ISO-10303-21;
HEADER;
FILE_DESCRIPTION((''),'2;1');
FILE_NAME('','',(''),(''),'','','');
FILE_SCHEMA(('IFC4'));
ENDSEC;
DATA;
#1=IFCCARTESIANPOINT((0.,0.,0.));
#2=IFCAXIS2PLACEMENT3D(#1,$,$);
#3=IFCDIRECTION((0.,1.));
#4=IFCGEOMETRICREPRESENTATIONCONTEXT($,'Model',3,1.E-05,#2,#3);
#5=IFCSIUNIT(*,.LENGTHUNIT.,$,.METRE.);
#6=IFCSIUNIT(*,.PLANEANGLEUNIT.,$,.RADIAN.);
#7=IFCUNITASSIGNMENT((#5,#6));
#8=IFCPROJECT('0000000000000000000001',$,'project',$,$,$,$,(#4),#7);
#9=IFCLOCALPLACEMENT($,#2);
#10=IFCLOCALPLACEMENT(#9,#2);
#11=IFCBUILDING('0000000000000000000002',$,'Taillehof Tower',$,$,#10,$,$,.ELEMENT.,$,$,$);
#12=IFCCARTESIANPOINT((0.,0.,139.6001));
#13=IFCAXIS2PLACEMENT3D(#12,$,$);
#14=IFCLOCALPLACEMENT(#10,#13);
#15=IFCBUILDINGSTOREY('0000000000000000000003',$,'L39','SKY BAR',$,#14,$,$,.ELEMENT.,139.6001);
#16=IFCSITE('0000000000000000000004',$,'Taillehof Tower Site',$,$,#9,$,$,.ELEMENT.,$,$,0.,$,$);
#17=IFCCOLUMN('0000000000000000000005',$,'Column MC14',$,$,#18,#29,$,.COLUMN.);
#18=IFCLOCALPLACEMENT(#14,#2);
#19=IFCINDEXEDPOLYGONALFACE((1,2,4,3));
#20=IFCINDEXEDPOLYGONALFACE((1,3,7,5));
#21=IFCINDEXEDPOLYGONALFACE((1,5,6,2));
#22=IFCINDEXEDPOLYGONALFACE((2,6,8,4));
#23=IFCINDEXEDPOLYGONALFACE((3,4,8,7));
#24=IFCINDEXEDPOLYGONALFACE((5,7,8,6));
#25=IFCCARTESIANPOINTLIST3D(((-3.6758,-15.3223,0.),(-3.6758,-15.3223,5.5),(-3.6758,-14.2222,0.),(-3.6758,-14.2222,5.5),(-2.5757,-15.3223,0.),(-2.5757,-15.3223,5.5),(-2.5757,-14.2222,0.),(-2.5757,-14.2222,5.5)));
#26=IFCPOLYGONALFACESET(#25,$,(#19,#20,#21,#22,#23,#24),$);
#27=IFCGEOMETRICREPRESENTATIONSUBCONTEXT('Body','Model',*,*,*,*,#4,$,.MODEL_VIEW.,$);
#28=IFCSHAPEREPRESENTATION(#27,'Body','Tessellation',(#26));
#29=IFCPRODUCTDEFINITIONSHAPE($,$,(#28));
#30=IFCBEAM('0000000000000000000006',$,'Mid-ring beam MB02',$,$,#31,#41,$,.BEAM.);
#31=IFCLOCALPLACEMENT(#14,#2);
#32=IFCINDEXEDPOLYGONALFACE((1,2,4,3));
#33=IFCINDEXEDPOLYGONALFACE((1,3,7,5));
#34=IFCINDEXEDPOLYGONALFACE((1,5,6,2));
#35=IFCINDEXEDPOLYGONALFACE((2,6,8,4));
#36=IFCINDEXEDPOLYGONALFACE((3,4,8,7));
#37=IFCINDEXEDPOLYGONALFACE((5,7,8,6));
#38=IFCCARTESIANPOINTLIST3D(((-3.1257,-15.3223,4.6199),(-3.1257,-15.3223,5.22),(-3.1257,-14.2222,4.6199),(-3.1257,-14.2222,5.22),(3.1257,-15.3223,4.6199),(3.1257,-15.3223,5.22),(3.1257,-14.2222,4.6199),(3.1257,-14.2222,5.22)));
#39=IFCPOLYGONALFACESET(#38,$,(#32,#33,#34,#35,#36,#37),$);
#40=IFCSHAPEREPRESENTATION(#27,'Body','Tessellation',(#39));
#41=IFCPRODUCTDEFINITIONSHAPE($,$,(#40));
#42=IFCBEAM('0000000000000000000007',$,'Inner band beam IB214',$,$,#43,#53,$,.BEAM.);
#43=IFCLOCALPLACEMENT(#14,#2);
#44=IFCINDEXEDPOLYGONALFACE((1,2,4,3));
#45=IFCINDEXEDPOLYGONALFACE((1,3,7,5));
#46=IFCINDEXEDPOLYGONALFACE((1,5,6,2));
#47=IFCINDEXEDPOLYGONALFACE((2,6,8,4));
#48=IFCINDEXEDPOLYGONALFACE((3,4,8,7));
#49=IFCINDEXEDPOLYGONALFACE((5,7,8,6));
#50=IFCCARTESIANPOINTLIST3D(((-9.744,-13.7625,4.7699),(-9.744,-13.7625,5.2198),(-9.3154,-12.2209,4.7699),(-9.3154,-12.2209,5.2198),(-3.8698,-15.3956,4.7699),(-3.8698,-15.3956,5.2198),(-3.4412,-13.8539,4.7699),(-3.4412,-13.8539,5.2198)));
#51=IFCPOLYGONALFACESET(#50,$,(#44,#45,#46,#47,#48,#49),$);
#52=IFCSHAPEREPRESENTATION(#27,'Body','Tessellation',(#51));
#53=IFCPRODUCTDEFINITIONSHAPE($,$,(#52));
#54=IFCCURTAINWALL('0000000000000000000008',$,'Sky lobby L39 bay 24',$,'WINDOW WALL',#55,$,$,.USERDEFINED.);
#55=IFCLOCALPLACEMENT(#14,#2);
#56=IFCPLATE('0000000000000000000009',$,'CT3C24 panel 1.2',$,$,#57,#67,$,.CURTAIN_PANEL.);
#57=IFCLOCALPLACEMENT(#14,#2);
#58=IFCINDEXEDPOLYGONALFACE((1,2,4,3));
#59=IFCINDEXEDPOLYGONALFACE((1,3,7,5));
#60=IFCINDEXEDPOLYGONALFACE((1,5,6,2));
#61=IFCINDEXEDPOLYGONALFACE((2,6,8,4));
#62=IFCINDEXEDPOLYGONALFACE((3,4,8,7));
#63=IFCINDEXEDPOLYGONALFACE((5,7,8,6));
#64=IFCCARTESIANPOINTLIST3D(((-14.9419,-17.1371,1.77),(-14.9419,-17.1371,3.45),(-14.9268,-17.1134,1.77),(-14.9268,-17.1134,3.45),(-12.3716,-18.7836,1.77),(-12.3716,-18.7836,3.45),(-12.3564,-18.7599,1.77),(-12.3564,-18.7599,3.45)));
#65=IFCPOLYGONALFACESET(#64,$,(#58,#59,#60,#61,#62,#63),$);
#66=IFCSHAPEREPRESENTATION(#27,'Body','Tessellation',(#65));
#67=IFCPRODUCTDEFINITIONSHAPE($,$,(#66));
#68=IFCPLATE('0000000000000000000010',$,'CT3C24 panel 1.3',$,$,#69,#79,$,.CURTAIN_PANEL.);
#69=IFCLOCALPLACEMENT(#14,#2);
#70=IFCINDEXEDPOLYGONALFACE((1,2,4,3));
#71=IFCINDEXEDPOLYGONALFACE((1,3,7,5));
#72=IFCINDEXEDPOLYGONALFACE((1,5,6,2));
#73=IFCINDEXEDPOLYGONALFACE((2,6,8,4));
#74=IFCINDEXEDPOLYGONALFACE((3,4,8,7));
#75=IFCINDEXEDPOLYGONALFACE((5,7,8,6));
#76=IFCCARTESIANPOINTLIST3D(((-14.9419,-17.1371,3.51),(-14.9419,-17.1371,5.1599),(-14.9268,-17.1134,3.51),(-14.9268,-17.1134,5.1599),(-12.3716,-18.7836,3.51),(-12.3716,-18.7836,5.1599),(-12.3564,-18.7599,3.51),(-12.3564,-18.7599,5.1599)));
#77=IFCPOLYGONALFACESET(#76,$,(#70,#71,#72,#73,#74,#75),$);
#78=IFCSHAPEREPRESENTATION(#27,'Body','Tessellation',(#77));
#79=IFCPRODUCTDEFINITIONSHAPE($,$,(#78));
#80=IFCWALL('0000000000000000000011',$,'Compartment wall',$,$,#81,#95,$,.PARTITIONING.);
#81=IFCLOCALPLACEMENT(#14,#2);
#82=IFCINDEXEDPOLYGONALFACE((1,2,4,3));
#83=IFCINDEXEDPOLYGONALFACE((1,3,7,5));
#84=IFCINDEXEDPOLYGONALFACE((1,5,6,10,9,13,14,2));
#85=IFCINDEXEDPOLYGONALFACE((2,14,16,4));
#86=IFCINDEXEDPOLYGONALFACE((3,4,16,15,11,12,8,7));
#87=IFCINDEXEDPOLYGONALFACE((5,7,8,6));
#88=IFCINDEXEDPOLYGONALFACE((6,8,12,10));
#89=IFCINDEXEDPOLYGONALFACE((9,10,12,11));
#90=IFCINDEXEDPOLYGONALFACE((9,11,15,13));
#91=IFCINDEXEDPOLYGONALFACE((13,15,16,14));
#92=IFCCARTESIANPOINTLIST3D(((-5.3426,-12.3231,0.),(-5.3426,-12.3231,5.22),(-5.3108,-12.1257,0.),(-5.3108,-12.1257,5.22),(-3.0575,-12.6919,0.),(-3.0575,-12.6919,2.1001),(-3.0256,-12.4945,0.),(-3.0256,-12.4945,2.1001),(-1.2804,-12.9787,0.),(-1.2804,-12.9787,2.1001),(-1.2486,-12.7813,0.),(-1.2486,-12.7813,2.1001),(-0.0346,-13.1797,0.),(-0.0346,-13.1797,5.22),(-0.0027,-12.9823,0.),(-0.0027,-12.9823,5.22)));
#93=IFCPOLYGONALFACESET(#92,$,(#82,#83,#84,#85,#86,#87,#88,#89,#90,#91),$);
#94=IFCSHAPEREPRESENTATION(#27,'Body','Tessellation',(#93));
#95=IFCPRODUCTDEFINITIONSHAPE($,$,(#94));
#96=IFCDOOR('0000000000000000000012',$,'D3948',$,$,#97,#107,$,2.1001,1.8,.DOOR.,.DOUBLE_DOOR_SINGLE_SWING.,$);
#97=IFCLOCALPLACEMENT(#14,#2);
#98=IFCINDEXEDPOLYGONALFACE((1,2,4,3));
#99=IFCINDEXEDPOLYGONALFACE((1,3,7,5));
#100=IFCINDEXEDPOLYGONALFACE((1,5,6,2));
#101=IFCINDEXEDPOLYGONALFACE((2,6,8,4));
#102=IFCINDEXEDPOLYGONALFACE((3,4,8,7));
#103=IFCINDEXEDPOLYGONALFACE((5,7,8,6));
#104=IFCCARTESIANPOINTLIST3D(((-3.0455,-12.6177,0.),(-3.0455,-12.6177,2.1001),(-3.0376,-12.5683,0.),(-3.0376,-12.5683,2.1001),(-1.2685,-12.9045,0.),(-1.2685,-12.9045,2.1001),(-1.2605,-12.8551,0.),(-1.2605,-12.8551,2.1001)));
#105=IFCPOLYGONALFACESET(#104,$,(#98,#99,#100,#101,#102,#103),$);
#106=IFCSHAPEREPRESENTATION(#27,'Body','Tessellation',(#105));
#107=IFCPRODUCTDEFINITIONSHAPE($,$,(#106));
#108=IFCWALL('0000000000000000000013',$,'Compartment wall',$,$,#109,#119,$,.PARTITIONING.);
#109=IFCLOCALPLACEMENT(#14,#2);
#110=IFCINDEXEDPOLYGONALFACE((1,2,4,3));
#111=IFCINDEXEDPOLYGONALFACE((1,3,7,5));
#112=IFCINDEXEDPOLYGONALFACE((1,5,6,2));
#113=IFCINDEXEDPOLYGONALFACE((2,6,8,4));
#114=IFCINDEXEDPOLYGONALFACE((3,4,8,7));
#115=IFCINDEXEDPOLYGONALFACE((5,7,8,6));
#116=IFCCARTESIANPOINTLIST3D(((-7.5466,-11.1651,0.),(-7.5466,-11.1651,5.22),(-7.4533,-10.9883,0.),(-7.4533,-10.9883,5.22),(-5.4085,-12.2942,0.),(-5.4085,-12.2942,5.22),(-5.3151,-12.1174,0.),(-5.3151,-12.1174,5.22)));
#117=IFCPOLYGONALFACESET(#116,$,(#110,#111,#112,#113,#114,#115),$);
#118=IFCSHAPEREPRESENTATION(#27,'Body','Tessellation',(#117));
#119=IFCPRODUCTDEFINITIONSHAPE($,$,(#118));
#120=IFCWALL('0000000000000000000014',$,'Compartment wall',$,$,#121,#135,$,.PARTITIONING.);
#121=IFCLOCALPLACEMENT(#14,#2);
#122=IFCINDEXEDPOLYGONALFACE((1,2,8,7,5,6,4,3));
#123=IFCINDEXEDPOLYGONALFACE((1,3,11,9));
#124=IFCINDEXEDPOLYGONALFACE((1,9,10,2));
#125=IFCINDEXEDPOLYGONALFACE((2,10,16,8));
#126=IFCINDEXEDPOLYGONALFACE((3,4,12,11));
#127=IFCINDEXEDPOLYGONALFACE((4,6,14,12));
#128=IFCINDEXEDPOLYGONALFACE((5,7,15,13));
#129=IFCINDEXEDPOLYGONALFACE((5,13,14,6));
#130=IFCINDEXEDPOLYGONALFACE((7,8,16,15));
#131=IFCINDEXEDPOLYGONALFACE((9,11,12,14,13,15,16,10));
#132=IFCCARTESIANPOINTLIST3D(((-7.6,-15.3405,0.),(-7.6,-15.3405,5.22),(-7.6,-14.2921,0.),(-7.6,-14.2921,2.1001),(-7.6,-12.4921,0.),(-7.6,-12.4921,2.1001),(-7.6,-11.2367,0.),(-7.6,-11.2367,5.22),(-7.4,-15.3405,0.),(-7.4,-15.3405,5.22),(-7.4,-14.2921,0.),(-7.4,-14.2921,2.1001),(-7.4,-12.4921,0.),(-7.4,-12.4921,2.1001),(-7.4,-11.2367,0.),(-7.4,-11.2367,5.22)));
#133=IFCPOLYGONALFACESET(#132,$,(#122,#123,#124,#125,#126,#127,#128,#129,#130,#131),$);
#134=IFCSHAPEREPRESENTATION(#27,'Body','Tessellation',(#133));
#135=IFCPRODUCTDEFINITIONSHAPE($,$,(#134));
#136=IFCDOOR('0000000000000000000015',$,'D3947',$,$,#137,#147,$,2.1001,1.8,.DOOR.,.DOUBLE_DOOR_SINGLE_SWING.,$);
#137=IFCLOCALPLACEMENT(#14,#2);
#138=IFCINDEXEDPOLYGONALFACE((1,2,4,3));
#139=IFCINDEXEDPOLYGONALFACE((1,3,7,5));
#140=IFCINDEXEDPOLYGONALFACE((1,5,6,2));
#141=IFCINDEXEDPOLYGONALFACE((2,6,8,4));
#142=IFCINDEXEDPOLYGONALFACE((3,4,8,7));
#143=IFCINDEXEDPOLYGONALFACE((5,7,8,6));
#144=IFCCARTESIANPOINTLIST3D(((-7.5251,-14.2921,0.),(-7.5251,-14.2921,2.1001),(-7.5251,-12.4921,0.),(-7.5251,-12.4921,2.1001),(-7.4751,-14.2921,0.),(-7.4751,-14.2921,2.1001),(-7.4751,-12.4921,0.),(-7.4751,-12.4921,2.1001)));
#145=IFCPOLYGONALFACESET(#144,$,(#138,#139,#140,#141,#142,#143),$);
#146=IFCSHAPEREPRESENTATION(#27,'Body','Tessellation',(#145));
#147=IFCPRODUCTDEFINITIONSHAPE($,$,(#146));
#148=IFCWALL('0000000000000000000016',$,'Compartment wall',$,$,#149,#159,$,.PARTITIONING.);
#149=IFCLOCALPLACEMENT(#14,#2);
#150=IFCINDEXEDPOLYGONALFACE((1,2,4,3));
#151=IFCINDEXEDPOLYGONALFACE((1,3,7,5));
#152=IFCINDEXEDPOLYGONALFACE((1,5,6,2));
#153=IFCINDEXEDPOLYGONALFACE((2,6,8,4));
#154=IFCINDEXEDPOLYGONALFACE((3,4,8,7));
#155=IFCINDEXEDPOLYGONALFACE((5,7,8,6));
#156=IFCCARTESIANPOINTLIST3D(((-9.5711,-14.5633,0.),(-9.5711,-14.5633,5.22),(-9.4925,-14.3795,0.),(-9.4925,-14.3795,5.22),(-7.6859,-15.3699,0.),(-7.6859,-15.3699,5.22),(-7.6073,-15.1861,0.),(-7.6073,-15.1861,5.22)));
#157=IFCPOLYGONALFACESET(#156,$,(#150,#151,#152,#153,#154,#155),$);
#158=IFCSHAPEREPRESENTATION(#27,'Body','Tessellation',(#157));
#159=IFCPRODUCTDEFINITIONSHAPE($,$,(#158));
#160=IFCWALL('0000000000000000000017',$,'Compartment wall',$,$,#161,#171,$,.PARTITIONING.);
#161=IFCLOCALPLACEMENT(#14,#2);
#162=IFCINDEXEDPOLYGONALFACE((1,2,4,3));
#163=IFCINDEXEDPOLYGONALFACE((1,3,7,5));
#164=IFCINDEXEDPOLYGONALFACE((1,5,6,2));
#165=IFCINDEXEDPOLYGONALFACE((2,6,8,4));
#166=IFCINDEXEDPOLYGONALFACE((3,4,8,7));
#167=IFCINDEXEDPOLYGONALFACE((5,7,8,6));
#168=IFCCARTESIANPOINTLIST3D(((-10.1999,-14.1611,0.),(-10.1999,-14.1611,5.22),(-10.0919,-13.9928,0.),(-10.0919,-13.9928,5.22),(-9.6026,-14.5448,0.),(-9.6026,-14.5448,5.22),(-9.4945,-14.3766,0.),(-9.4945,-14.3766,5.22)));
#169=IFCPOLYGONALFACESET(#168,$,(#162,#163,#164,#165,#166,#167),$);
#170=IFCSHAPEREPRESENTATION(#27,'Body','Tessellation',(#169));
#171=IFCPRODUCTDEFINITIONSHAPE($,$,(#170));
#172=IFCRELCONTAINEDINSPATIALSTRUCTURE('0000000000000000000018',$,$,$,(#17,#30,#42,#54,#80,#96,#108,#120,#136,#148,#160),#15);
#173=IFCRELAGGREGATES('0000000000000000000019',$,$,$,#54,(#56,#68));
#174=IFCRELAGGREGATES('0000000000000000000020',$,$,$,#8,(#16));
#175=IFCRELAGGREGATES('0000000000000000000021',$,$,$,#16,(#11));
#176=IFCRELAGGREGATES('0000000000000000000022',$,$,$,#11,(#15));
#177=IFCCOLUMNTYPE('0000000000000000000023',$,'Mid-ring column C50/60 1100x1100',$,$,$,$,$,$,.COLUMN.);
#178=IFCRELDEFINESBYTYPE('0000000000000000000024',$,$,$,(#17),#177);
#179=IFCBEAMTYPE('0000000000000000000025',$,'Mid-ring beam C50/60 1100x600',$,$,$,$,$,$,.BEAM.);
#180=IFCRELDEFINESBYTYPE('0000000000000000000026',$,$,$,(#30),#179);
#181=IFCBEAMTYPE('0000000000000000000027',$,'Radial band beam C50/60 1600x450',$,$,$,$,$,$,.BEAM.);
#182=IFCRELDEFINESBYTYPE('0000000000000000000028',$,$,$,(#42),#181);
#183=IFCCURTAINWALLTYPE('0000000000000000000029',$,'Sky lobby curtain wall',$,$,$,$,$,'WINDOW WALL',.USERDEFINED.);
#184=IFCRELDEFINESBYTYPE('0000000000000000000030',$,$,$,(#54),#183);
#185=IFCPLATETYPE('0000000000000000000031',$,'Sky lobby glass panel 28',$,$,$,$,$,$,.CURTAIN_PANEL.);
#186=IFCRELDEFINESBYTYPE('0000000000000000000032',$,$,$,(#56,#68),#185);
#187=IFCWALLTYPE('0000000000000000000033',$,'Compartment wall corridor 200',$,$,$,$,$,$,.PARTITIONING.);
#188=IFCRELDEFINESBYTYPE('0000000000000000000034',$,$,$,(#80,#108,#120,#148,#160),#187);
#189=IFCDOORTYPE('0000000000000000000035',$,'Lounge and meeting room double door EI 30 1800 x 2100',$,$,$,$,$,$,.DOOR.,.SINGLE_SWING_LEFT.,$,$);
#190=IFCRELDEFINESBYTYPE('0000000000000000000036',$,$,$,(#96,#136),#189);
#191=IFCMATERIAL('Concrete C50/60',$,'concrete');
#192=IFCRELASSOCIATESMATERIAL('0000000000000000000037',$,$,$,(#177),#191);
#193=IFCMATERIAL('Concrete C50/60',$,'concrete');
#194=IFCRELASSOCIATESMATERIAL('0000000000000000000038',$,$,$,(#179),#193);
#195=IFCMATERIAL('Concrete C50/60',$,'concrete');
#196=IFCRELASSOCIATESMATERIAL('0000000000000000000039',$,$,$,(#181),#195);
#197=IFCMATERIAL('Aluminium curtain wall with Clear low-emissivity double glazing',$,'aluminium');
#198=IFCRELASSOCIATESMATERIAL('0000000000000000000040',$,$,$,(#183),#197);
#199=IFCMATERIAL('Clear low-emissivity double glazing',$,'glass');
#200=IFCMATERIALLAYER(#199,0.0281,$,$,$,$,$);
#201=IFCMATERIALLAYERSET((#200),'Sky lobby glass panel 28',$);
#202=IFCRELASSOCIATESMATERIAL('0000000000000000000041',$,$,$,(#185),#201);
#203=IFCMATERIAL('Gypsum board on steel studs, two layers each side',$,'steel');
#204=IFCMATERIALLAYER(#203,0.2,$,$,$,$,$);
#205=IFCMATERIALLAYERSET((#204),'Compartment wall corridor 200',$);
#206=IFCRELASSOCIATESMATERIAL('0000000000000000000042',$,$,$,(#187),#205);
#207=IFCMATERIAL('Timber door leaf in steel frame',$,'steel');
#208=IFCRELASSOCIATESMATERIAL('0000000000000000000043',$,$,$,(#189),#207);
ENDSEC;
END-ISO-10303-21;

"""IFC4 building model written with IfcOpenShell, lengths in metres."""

from ifc_helpers import new_model, si_unit, direction, frame, frame_2d, origin, origin_2d, place, context, subcontext, project, spatial, rectangle, extrude, material, layer, layer_set, material_profile, profile_set, type_object, element, fill, aggregate, save


model = new_model("IFC4")

# Units and contexts
model_context = context("Model", 3, precision=1e-05, world=origin(), true_north=direction((0.0, 1.0)))
body_context = subcontext(model_context, "Body", "Model", "MODEL_VIEW")
ifc_project = project(units=[si_unit("LENGTHUNIT", "METRE"), si_unit("PLANEANGLEUNIT", "RADIAN")], contexts=[model_context])

# Site, building, storey
site_placement = place(None, origin())
site = spatial("IfcSite", under=ifc_project, at=site_placement, Name="Taillehof Tower Site", CompositionType="ELEMENT", RefElevation=0.0)
building_placement = place(site_placement, origin())
building = spatial("IfcBuilding", under=site, at=building_placement, Name="Taillehof Tower", CompositionType="ELEMENT")
storey_placement = place(building_placement, frame((0.0, 0.0, 139.6001)))
storey = spatial("IfcBuildingStorey", under=building, at=storey_placement, Name="L39", Description="SKY BAR", CompositionType="ELEMENT", Elevation=139.6001)

# Column
ifc_material_1 = material(Name="Concrete C50/60", Category="concrete")
ifc_material_profile_1 = material_profile(ifc_material_1, rectangle(XDim=1.1001, YDim=1.1001, at=origin_2d()), Name="RC 1100x1100")
ifc_profile_set_1 = profile_set([ifc_material_profile_1], Name="Concrete C50/60")
column_type = type_object("IfcColumnType", Name="Mid-ring column C50/60 1100x1100", PredefinedType="COLUMN", material=ifc_profile_set_1)
column_placement = place(storey_placement, frame((-3.1257, -14.7722, 0.0), z_axis=(0.0, 0.0, 1.0), x_axis=(1.0, 0.0, 0.0)))
element("IfcColumn", 1, at=column_placement, inside=storey, type_object=column_type, Name="Column MC14", PredefinedType="COLUMN", context=body_context, shape_type="SweptSolid", body=[
    extrude(rectangle(XDim=1.1001, YDim=1.1001, at=origin_2d()), origin(), (0.0, 0.0, 1.0), 5.5),
])

# Beams
ifc_material_2 = material(Name="Concrete C50/60", Category="concrete")
ifc_material_profile_2 = material_profile(ifc_material_2, rectangle(XDim=1.1001, YDim=0.6001, at=origin_2d()), Name="RC 1100x600")
ifc_profile_set_2 = profile_set([ifc_material_profile_2], Name="Concrete C50/60")
beam_type_1 = type_object("IfcBeamType", Name="Mid-ring beam C50/60 1100x600", PredefinedType="BEAM", material=ifc_profile_set_2)
beam_1_placement = place(storey_placement, frame((-3.1257, -14.7722, 4.9199), z_axis=(1.0, 0.0, 0.0), x_axis=(0.0, 1.0, 0.0)))
element("IfcBeam", 2, at=beam_1_placement, inside=storey, type_object=beam_type_1, Name="Mid-ring beam MB02", PredefinedType="BEAM", context=body_context, shape_type="SweptSolid", body=[
    extrude(rectangle(XDim=1.1001, YDim=0.6001, at=origin_2d()), origin(), (0.0, 0.0, 1.0), 6.2515),
])
ifc_material_3 = material(Name="Concrete C50/60", Category="concrete")
ifc_material_profile_3 = material_profile(ifc_material_3, rectangle(XDim=1.6001, YDim=0.45, at=origin_2d()), Name="RC 1600x450")
ifc_profile_set_3 = profile_set([ifc_material_profile_3], Name="Concrete C50/60")
beam_type_2 = type_object("IfcBeamType", Name="Radial band beam C50/60 1600x450", PredefinedType="BEAM", material=ifc_profile_set_3)
beam_2_placement = place(storey_placement, frame((-3.6555, -14.6248, 4.9949), z_axis=(-0.963459, 0.267855, 0.0), x_axis=(-0.267855, -0.963459, 0.0)))
element("IfcBeam", 3, at=beam_2_placement, inside=storey, type_object=beam_type_2, Name="Inner band beam IB214", PredefinedType="BEAM", context=body_context, shape_type="SweptSolid", body=[
    extrude(rectangle(XDim=1.6001, YDim=0.45, at=origin_2d()), origin(), (0.0, 0.0, 1.0), 6.0969),
])

# Curtain wall, plates
ifc_material_4 = material(Name="Aluminium curtain wall with Clear low-emissivity double glazing", Category="aluminium")
curtain_wall_type = type_object("IfcCurtainWallType", Name="Sky lobby curtain wall", ElementType="WINDOW WALL", PredefinedType="USERDEFINED", material=ifc_material_4)
curtain_wall_placement = place(storey_placement, origin())
curtain_wall = element("IfcCurtainWall", 4, at=curtain_wall_placement, inside=storey, type_object=curtain_wall_type, Name="Sky lobby L39 bay 24", ObjectType="WINDOW WALL", PredefinedType="USERDEFINED")
ifc_material_5 = material(Name="Clear low-emissivity double glazing", Category="glass")
ifc_layer_1 = layer(ifc_material_5, 0.0281)
ifc_layer_set_1 = layer_set([ifc_layer_1], Name="Sky lobby glass panel 28")
plate_type = type_object("IfcPlateType", Name="Sky lobby glass panel 28", PredefinedType="CURTAIN_PANEL", material=ifc_layer_set_1)
plate_1_placement = place(storey_placement, frame((-13.6492, -17.9485, 1.77), z_axis=(0.0, 0.0, 1.0), x_axis=(0.842053, -0.539394, 0.0)))
plate_1 = element("IfcPlate", 5, at=plate_1_placement, type_object=plate_type, Name="CT3C24 panel 1.2", PredefinedType="CURTAIN_PANEL", context=body_context, shape_type="SweptSolid", body=[
    extrude(rectangle(XDim=3.0525, YDim=0.0281, at=origin_2d()), origin(), (0.0, 0.0, 1.0), 1.6799),
])
plate_2_placement = place(storey_placement, frame((-13.6492, -17.9485, 3.51), z_axis=(0.0, 0.0, 1.0), x_axis=(0.842053, -0.539394, 0.0)))
plate_2 = element("IfcPlate", 6, at=plate_2_placement, type_object=plate_type, Name="CT3C24 panel 1.3", PredefinedType="CURTAIN_PANEL", context=body_context, shape_type="SweptSolid", body=[
    extrude(rectangle(XDim=3.0525, YDim=0.0281, at=origin_2d()), origin(), (0.0, 0.0, 1.0), 1.6499),
])
aggregate(curtain_wall, [plate_1, plate_2])

# Wall, opening, door
ifc_material_6 = material(Name="Gypsum board on steel studs, two layers each side", Category="steel")
ifc_layer_2 = layer(ifc_material_6, 0.2)
ifc_layer_set_2 = layer_set([ifc_layer_2], Name="Compartment wall corridor 200")
wall_type_1 = type_object("IfcWallType", Name="Compartment wall corridor 200", PredefinedType="PARTITIONING", material=ifc_layer_set_2)
wall_1_placement = place(storey_placement, frame((-0.0186, -13.0811, 0.0), z_axis=(0.0, 0.0, 1.0), x_axis=(-0.987225, 0.159331, 0.0)))
wall_1 = element("IfcWall", 7, at=wall_1_placement, inside=storey, type_object=wall_type_1, Name="Compartment wall", PredefinedType="PARTITIONING", context=body_context, shape_type="SweptSolid", body=[
    extrude(rectangle(XDim=5.3767, YDim=0.2, at=frame_2d((2.6885, 0.0))), origin(), (0.0, 0.0, 1.0), 5.22),
])
opening_1_placement = place(wall_1_placement, frame((1.2622, 0.0, 0.0)))
opening_1 = element("IfcOpeningElement", 8, at=opening_1_placement, cuts=wall_1, PredefinedType="OPENING", context=body_context, shape_type="SweptSolid", body=[
    extrude(rectangle(XDim=1.8, YDim=2.1001, at=frame_2d((0.8999, 1.05))), frame((0.0, 0.1099, 0.0), z_axis=(0.0, -1.0, 0.0), x_axis=(1.0, 0.0, 0.0)), (0.0, 0.0, 1.0), 0.22),
])
ifc_material_7 = material(Name="Timber door leaf in steel frame", Category="steel")
door_type_1 = type_object("IfcDoorType", Name="Lounge and meeting room double door EI 30 1800 x 2100", OperationType="SINGLE_SWING_LEFT", PredefinedType="DOOR", material=ifc_material_7)
door_1_placement = place(opening_1_placement, origin())
door_1 = element("IfcDoor", 9, at=door_1_placement, inside=storey, type_object=door_type_1, Name="D3948", OperationType="DOUBLE_DOOR_SINGLE_SWING", OverallHeight=2.1001, OverallWidth=1.8, PredefinedType="DOOR", context=body_context, shape_type="SweptSolid", body=[
    extrude(rectangle(XDim=1.8, YDim=2.1001, at=frame_2d((0.8999, 1.05))), frame((0.0, 0.0249, 0.0), z_axis=(0.0, -1.0, 0.0), x_axis=(1.0, 0.0, 0.0)), (0.0, 0.0, 1.0), 0.05),
])
fill(opening_1, door_1)

# Wall
wall_2_placement = place(storey_placement, frame((-5.3618, -12.2058, 0.0), z_axis=(0.0, 0.0, 1.0), x_axis=(-0.884271, 0.466974, 0.0)))
element("IfcWall", 10, at=wall_2_placement, inside=storey, type_object=wall_type_1, Name="Compartment wall", PredefinedType="PARTITIONING", context=body_context, shape_type="SweptSolid", body=[
    extrude(rectangle(XDim=2.418, YDim=0.2, at=frame_2d((1.209, 0.0))), origin(), (0.0, 0.0, 1.0), 5.22),
])

# Wall, opening, door
wall_3_placement = place(storey_placement, frame((-7.5, -11.2368, 0.0), z_axis=(0.0, 0.0, 1.0), x_axis=(0.0, -1.0, 0.0)))
wall_3 = element("IfcWall", 11, at=wall_3_placement, inside=storey, type_object=wall_type_1, Name="Compartment wall", PredefinedType="PARTITIONING", context=body_context, shape_type="SweptSolid", body=[
    extrude(rectangle(XDim=4.1038, YDim=0.2, at=frame_2d((2.0518, 0.0))), origin(), (0.0, 0.0, 1.0), 5.22),
])
opening_2_placement = place(wall_3_placement, frame((1.2554, 0.0, 0.0)))
opening_2 = element("IfcOpeningElement", 12, at=opening_2_placement, cuts=wall_3, PredefinedType="OPENING", context=body_context, shape_type="SweptSolid", body=[
    extrude(rectangle(XDim=1.8, YDim=2.1001, at=frame_2d((0.8999, 1.05))), frame((0.0, 0.1099, 0.0), z_axis=(0.0, -1.0, 0.0), x_axis=(1.0, 0.0, 0.0)), (0.0, 0.0, 1.0), 0.22),
])
door_2_placement = place(opening_2_placement, origin())
door_2 = element("IfcDoor", 13, at=door_2_placement, inside=storey, type_object=door_type_1, Name="D3947", OperationType="DOUBLE_DOOR_SINGLE_SWING", OverallHeight=2.1001, OverallWidth=1.8, PredefinedType="DOOR", context=body_context, shape_type="SweptSolid", body=[
    extrude(rectangle(XDim=1.8, YDim=2.1001, at=frame_2d((0.8999, 1.05))), frame((0.0, 0.0249, 0.0), z_axis=(0.0, -1.0, 0.0), x_axis=(1.0, 0.0, 0.0)), (0.0, 0.0, 1.0), 0.05),
])
fill(opening_2, door_2)

# Walls
wall_4_placement = place(storey_placement, frame((-7.6465, -15.2781, 0.0), z_axis=(0.0, 0.0, 1.0), x_axis=(-0.919379, 0.393373, 0.0)))
element("IfcWall", 14, at=wall_4_placement, inside=storey, type_object=wall_type_1, Name="Compartment wall", PredefinedType="PARTITIONING", context=body_context, shape_type="SweptSolid", body=[
    extrude(rectangle(XDim=2.0505, YDim=0.2, at=frame_2d((1.0254, 0.0))), origin(), (0.0, 0.0, 1.0), 5.22),
])
wall_5_placement = place(storey_placement, frame((-9.5486, -14.4607, 0.0), z_axis=(0.0, 0.0, 1.0), x_axis=(-0.841346, 0.540497, 0.0)))
element("IfcWall", 15, at=wall_5_placement, inside=storey, type_object=wall_type_1, Name="Compartment wall", PredefinedType="PARTITIONING", context=body_context, shape_type="SweptSolid", body=[
    extrude(rectangle(XDim=0.71, YDim=0.2, at=frame_2d((0.355, 0.0))), origin(), (0.0, 0.0, 1.0), 5.22),
])

save(model, "model.ifc")
